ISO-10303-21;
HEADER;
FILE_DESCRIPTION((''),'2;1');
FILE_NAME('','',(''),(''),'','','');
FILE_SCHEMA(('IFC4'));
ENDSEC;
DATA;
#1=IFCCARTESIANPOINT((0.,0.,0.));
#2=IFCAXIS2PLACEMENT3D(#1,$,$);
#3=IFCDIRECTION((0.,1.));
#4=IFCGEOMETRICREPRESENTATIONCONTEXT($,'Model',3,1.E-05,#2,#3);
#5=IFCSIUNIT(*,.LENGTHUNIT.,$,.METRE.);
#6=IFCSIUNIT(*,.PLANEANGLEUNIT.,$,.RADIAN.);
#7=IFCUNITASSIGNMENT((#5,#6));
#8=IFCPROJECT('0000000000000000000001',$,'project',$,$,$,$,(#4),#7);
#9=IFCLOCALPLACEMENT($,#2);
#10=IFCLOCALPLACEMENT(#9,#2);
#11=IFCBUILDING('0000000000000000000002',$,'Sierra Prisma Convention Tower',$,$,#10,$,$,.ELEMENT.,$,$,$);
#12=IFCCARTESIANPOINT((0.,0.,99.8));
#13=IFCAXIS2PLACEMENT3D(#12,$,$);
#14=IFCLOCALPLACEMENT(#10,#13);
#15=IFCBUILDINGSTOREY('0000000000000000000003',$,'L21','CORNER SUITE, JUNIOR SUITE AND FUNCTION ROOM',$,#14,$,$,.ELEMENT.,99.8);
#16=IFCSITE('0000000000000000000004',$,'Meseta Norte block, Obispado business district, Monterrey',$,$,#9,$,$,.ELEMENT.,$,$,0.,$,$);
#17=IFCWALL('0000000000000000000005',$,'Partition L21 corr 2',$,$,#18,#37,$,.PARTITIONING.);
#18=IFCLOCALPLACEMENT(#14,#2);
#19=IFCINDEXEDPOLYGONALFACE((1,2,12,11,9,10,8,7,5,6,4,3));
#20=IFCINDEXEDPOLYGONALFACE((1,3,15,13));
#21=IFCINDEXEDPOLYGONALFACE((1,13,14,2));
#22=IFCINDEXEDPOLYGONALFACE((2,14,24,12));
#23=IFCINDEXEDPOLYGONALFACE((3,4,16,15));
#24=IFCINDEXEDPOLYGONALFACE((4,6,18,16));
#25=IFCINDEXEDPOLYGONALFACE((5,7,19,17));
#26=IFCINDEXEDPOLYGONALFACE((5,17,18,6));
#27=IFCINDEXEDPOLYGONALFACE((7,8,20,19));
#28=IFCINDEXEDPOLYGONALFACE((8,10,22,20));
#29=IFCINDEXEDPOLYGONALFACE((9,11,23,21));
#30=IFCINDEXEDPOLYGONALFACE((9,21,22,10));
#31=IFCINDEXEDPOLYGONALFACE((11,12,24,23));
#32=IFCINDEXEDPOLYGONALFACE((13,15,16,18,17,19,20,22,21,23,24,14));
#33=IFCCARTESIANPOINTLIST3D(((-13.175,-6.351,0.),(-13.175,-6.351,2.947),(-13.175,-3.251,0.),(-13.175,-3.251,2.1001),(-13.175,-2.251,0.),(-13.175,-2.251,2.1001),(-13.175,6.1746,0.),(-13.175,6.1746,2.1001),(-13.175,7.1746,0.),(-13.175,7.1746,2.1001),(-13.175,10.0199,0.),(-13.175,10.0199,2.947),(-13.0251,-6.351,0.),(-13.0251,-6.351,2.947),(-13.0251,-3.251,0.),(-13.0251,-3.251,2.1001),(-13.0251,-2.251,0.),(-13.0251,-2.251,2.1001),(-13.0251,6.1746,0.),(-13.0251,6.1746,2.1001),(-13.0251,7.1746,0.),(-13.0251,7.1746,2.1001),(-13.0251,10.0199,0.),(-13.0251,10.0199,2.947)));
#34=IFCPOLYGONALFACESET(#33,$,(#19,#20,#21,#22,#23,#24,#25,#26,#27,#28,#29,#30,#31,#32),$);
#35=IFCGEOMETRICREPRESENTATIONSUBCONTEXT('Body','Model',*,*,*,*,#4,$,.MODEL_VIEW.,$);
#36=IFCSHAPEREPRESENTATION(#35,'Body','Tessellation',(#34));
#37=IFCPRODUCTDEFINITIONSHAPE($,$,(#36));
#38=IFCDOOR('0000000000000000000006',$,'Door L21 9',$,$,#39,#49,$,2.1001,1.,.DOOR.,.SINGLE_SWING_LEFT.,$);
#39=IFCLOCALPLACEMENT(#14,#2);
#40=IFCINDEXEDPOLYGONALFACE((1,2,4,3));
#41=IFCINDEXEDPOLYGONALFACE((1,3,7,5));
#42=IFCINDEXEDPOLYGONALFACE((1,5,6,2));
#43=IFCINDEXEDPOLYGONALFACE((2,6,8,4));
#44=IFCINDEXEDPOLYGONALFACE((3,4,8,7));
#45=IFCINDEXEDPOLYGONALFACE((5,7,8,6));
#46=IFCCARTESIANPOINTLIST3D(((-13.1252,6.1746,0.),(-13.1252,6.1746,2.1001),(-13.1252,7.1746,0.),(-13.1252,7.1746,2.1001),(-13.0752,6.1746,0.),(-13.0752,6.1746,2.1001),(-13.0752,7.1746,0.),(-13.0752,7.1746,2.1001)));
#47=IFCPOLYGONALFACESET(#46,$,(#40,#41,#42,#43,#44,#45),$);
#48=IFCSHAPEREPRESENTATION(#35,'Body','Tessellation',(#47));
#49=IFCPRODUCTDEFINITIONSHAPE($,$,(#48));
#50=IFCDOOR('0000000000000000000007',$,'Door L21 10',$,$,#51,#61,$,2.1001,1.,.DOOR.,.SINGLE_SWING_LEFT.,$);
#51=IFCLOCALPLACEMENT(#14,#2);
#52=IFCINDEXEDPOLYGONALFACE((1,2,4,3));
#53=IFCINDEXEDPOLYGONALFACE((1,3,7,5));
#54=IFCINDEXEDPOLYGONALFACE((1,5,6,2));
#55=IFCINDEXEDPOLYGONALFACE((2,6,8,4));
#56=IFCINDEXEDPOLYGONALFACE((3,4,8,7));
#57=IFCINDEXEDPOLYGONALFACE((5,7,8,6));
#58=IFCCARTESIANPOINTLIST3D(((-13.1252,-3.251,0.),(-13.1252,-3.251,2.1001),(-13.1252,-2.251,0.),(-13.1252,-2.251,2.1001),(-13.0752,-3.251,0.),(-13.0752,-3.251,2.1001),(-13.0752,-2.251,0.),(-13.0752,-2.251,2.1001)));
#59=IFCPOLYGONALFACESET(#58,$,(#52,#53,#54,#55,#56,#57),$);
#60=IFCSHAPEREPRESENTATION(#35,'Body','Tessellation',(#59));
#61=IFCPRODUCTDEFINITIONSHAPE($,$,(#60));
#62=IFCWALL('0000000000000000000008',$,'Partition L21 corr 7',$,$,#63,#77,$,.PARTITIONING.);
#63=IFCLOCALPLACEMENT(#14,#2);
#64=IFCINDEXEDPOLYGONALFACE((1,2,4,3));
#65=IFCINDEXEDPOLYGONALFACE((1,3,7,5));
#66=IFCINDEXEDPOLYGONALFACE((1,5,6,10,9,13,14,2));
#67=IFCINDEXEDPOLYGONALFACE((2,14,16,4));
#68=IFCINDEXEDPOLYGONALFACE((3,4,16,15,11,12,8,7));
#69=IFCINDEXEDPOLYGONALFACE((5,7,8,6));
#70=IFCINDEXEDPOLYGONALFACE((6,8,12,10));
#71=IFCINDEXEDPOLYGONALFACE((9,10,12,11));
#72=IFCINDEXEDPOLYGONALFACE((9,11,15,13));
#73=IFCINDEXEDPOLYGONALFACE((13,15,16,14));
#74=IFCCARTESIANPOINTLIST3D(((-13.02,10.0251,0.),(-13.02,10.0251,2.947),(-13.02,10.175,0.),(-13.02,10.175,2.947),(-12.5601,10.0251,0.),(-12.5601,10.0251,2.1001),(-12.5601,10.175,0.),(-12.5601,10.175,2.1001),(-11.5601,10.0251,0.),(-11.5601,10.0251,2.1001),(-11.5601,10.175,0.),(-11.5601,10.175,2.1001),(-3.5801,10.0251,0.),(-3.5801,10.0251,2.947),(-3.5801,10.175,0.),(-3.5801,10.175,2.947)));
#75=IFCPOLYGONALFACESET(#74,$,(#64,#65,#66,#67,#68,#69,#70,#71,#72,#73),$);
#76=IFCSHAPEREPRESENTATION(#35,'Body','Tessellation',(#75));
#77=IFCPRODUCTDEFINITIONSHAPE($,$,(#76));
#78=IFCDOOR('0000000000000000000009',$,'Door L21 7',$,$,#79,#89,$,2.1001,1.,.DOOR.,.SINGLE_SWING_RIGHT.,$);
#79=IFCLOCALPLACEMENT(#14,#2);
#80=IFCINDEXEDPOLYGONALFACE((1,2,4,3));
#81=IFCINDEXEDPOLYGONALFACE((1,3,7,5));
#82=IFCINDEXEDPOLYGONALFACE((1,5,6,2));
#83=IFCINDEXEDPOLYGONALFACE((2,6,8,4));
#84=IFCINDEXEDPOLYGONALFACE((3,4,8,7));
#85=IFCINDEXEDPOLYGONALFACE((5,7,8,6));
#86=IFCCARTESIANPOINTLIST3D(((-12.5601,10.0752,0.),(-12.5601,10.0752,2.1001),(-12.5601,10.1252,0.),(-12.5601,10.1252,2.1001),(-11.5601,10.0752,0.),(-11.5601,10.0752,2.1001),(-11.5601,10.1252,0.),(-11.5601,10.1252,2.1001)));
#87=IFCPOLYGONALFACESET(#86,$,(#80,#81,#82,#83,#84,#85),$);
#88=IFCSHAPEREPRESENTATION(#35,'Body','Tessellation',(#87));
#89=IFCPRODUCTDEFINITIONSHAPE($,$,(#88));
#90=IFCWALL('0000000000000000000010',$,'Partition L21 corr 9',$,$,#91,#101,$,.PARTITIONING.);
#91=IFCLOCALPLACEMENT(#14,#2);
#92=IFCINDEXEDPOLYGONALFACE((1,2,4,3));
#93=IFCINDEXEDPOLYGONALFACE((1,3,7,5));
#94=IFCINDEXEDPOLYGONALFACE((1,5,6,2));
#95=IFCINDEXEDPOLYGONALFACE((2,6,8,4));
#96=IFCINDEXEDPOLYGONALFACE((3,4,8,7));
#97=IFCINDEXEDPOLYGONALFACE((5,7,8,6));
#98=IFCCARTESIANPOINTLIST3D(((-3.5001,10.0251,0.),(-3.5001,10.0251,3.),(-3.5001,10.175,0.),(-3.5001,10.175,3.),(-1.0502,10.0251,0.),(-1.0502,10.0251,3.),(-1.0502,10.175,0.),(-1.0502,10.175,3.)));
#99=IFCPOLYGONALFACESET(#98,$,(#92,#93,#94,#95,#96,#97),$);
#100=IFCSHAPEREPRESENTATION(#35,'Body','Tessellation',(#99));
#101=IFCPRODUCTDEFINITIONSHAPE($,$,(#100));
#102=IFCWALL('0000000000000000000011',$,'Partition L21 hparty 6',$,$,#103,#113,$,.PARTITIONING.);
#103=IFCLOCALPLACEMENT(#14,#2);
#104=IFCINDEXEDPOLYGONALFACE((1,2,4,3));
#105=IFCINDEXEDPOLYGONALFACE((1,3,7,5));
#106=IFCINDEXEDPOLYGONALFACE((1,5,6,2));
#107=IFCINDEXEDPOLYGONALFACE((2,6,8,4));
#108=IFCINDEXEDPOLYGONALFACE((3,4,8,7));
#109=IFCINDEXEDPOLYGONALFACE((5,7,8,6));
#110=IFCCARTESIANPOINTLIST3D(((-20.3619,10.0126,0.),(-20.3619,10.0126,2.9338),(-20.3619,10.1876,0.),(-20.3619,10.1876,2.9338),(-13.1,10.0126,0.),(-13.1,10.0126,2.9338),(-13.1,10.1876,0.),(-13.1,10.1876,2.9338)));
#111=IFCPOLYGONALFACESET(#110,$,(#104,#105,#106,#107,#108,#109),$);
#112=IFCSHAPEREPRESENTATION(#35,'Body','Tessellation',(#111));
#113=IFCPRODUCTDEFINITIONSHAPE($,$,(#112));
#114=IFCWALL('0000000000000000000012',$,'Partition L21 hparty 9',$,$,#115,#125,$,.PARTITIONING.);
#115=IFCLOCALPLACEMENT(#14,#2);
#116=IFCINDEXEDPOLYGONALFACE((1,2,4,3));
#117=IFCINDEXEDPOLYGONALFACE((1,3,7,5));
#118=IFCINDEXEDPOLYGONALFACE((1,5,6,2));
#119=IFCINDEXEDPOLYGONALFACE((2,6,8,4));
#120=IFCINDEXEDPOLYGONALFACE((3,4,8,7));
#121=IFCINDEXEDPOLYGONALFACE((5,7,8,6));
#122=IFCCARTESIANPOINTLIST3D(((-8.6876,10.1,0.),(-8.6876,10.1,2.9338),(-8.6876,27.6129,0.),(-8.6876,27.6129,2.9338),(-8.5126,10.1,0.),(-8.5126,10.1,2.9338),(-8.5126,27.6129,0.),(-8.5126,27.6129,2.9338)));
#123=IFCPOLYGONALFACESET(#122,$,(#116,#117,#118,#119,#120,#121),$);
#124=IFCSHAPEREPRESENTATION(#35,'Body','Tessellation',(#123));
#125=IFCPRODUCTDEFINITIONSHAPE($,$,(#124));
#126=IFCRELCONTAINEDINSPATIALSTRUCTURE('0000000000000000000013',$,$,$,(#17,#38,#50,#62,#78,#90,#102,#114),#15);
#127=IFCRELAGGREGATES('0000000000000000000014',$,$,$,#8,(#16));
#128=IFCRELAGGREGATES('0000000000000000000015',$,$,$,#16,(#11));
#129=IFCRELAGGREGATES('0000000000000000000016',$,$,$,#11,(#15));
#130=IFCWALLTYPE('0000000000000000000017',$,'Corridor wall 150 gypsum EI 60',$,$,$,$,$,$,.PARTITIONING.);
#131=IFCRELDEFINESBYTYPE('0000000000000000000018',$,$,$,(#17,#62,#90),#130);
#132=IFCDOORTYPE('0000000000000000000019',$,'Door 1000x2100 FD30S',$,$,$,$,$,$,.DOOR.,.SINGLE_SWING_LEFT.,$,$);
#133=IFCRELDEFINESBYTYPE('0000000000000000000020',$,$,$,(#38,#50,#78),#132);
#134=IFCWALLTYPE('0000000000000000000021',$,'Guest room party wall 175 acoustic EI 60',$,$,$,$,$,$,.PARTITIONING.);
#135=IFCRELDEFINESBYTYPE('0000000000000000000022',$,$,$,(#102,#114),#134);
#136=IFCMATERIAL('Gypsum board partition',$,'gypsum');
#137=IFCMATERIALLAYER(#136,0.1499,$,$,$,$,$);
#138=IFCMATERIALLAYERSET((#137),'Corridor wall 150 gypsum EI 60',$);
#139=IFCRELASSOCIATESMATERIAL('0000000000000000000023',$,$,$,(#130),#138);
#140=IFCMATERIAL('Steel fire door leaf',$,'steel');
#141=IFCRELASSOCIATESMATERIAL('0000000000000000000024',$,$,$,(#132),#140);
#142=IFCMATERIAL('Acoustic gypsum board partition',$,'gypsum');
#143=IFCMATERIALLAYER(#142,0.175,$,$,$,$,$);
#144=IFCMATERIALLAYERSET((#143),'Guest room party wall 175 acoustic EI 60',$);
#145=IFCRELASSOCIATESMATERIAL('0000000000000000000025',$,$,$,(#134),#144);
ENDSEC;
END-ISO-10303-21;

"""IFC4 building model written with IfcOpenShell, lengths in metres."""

from ifc_helpers import new_model, si_unit, direction, frame, frame_2d, origin, place, context, subcontext, project, spatial, rectangle, extrude, material, layer, layer_set, type_object, element, fill, save


model = new_model("IFC4")

# Units and contexts
model_context = context("Model", 3, precision=1e-05, world=origin(), true_north=direction((0.0, 1.0)))
body_context = subcontext(model_context, "Body", "Model", "MODEL_VIEW")
ifc_project = project(units=[si_unit("LENGTHUNIT", "METRE"), si_unit("PLANEANGLEUNIT", "RADIAN")], contexts=[model_context])

# Site, building, storey
site_placement = place(None, origin())
site = spatial("IfcSite", under=ifc_project, at=site_placement, Name="Meseta Norte block, Obispado business district, Monterrey", CompositionType="ELEMENT", RefElevation=0.0)
building_placement = place(site_placement, origin())
building = spatial("IfcBuilding", under=site, at=building_placement, Name="Sierra Prisma Convention Tower", CompositionType="ELEMENT")
storey_placement = place(building_placement, frame((0.0, 0.0, 99.8)))
storey = spatial("IfcBuildingStorey", under=building, at=storey_placement, Name="L21", Description="CORNER SUITE, JUNIOR SUITE AND FUNCTION ROOM", CompositionType="ELEMENT", Elevation=99.8)

# Wall, openings, doors
ifc_material_1 = material(Name="Gypsum board partition", Category="gypsum")
ifc_layer_1 = layer(ifc_material_1, 0.1499)
ifc_layer_set_1 = layer_set([ifc_layer_1], Name="Corridor wall 150 gypsum EI 60")
wall_type_1 = type_object("IfcWallType", Name="Corridor wall 150 gypsum EI 60", PredefinedType="PARTITIONING", material=ifc_layer_set_1)
wall_1_placement = place(storey_placement, frame((-13.1001, 10.02, 0.0), z_axis=(0.0, 0.0, 1.0), x_axis=(0.0, -1.0, 0.0)))
wall_1 = element("IfcWall", 1, at=wall_1_placement, inside=storey, type_object=wall_type_1, Name="Partition L21 corr 2", PredefinedType="PARTITIONING", context=body_context, shape_type="SweptSolid", body=[
    extrude(rectangle(XDim=16.3708, YDim=0.1499, at=frame_2d((8.1855, 0.0))), origin(), (0.0, 0.0, 1.0), 2.947),
])
opening_1_placement = place(wall_1_placement, frame((2.8455, 0.0, 0.0)))
opening_1 = element("IfcOpeningElement", 2, at=opening_1_placement, cuts=wall_1, PredefinedType="OPENING", context=body_context, shape_type="SweptSolid", body=[
    extrude(rectangle(XDim=1.0, YDim=2.1001, at=frame_2d((0.5, 1.05))), frame((0.0, 0.075, 0.0), z_axis=(0.0, -1.0, 0.0), x_axis=(1.0, 0.0, 0.0)), (0.0, 0.0, 1.0), 0.1499),
])
opening_2_placement = place(wall_1_placement, frame((12.271, 0.0, 0.0)))
opening_2 = element("IfcOpeningElement", 3, at=opening_2_placement, cuts=wall_1, PredefinedType="OPENING", context=body_context, shape_type="SweptSolid", body=[
    extrude(rectangle(XDim=1.0, YDim=2.1001, at=frame_2d((0.5, 1.05))), frame((0.0, 0.075, 0.0), z_axis=(0.0, -1.0, 0.0), x_axis=(1.0, 0.0, 0.0)), (0.0, 0.0, 1.0), 0.1499),
])
ifc_material_2 = material(Name="Steel fire door leaf", Category="steel")
door_type_1 = type_object("IfcDoorType", Name="Door 1000x2100 FD30S", OperationType="SINGLE_SWING_LEFT", PredefinedType="DOOR", material=ifc_material_2)
door_1_placement = place(opening_1_placement, origin())
door_1 = element("IfcDoor", 4, at=door_1_placement, inside=storey, type_object=door_type_1, Name="Door L21 9", OperationType="SINGLE_SWING_LEFT", OverallHeight=2.1001, OverallWidth=1.0, PredefinedType="DOOR", context=body_context, shape_type="SweptSolid", body=[
    extrude(rectangle(XDim=1.0, YDim=2.1001, at=frame_2d((0.5, 1.05))), frame((0.0, 0.0249, 0.0), z_axis=(0.0, -1.0, 0.0), x_axis=(1.0, 0.0, 0.0)), (0.0, 0.0, 1.0), 0.05),
])
fill(opening_1, door_1)
door_2_placement = place(opening_2_placement, origin())
door_2 = element("IfcDoor", 5, at=door_2_placement, inside=storey, type_object=door_type_1, Name="Door L21 10", OperationType="SINGLE_SWING_LEFT", OverallHeight=2.1001, OverallWidth=1.0, PredefinedType="DOOR", context=body_context, shape_type="SweptSolid", body=[
    extrude(rectangle(XDim=1.0, YDim=2.1001, at=frame_2d((0.5, 1.05))), frame((0.0, 0.0249, 0.0), z_axis=(0.0, -1.0, 0.0), x_axis=(1.0, 0.0, 0.0)), (0.0, 0.0, 1.0), 0.05),
])
fill(opening_2, door_2)

# Wall, opening, door
wall_2_placement = place(storey_placement, frame((-3.5801, 10.1001, 0.0), z_axis=(0.0, 0.0, 1.0), x_axis=(-1.0, 0.0, 0.0)))
wall_2 = element("IfcWall", 6, at=wall_2_placement, inside=storey, type_object=wall_type_1, Name="Partition L21 corr 7", PredefinedType="PARTITIONING", context=body_context, shape_type="SweptSolid", body=[
    extrude(rectangle(XDim=9.4399, YDim=0.1499, at=frame_2d((4.72, 0.0))), origin(), (0.0, 0.0, 1.0), 2.947),
])
opening_3_placement = place(wall_2_placement, frame((7.98, 0.0, 0.0)))
opening_3 = element("IfcOpeningElement", 7, at=opening_3_placement, cuts=wall_2, PredefinedType="OPENING", context=body_context, shape_type="SweptSolid", body=[
    extrude(rectangle(XDim=1.0, YDim=2.1001, at=frame_2d((0.5, 1.05))), frame((0.0, 0.075, 0.0), z_axis=(0.0, -1.0, 0.0), x_axis=(1.0, 0.0, 0.0)), (0.0, 0.0, 1.0), 0.1499),
])
door_3_placement = place(opening_3_placement, origin())
door_3 = element("IfcDoor", 8, at=door_3_placement, inside=storey, type_object=door_type_1, Name="Door L21 7", OperationType="SINGLE_SWING_RIGHT", OverallHeight=2.1001, OverallWidth=1.0, PredefinedType="DOOR", context=body_context, shape_type="SweptSolid", body=[
    extrude(rectangle(XDim=1.0, YDim=2.1001, at=frame_2d((0.5, 1.05))), frame((0.0, 0.0249, 0.0), z_axis=(0.0, -1.0, 0.0), x_axis=(1.0, 0.0, 0.0)), (0.0, 0.0, 1.0), 0.05),
])
fill(opening_3, door_3)

# Walls
wall_3_placement = place(storey_placement, frame((-1.05, 10.1001, 0.0), z_axis=(0.0, 0.0, 1.0), x_axis=(-1.0, 0.0, 0.0)))
element("IfcWall", 9, at=wall_3_placement, inside=storey, type_object=wall_type_1, Name="Partition L21 corr 9", PredefinedType="PARTITIONING", context=body_context, shape_type="SweptSolid", body=[
    extrude(rectangle(XDim=2.45, YDim=0.1499, at=frame_2d((1.2251, 0.0))), origin(), (0.0, 0.0, 1.0), 3.0),
])
ifc_material_3 = material(Name="Acoustic gypsum board partition", Category="gypsum")
ifc_layer_2 = layer(ifc_material_3, 0.175)
ifc_layer_set_2 = layer_set([ifc_layer_2], Name="Guest room party wall 175 acoustic EI 60")
wall_type_2 = type_object("IfcWallType", Name="Guest room party wall 175 acoustic EI 60", PredefinedType="PARTITIONING", material=ifc_layer_set_2)
wall_4_placement = place(storey_placement, frame((-13.1001, 10.1001, 0.0), z_axis=(0.0, 0.0, 1.0), x_axis=(-1.0, 0.0, 0.0)))
element("IfcWall", 10, at=wall_4_placement, inside=storey, type_object=wall_type_2, Name="Partition L21 hparty 6", PredefinedType="PARTITIONING", context=body_context, shape_type="SweptSolid", body=[
    extrude(rectangle(XDim=7.262, YDim=0.175, at=frame_2d((3.6309, 0.0))), origin(), (0.0, 0.0, 1.0), 2.9338),
])
wall_5_placement = place(storey_placement, frame((-8.6001, 10.1001, 0.0), z_axis=(0.0, 0.0, 1.0), x_axis=(0.0, 1.0, 0.0)))
element("IfcWall", 11, at=wall_5_placement, inside=storey, type_object=wall_type_2, Name="Partition L21 hparty 9", PredefinedType="PARTITIONING", context=body_context, shape_type="SweptSolid", body=[
    extrude(rectangle(XDim=17.5129, YDim=0.175, at=frame_2d((8.7563, 0.0))), origin(), (0.0, 0.0, 1.0), 2.9338),
])

save(model, "model.ifc")
